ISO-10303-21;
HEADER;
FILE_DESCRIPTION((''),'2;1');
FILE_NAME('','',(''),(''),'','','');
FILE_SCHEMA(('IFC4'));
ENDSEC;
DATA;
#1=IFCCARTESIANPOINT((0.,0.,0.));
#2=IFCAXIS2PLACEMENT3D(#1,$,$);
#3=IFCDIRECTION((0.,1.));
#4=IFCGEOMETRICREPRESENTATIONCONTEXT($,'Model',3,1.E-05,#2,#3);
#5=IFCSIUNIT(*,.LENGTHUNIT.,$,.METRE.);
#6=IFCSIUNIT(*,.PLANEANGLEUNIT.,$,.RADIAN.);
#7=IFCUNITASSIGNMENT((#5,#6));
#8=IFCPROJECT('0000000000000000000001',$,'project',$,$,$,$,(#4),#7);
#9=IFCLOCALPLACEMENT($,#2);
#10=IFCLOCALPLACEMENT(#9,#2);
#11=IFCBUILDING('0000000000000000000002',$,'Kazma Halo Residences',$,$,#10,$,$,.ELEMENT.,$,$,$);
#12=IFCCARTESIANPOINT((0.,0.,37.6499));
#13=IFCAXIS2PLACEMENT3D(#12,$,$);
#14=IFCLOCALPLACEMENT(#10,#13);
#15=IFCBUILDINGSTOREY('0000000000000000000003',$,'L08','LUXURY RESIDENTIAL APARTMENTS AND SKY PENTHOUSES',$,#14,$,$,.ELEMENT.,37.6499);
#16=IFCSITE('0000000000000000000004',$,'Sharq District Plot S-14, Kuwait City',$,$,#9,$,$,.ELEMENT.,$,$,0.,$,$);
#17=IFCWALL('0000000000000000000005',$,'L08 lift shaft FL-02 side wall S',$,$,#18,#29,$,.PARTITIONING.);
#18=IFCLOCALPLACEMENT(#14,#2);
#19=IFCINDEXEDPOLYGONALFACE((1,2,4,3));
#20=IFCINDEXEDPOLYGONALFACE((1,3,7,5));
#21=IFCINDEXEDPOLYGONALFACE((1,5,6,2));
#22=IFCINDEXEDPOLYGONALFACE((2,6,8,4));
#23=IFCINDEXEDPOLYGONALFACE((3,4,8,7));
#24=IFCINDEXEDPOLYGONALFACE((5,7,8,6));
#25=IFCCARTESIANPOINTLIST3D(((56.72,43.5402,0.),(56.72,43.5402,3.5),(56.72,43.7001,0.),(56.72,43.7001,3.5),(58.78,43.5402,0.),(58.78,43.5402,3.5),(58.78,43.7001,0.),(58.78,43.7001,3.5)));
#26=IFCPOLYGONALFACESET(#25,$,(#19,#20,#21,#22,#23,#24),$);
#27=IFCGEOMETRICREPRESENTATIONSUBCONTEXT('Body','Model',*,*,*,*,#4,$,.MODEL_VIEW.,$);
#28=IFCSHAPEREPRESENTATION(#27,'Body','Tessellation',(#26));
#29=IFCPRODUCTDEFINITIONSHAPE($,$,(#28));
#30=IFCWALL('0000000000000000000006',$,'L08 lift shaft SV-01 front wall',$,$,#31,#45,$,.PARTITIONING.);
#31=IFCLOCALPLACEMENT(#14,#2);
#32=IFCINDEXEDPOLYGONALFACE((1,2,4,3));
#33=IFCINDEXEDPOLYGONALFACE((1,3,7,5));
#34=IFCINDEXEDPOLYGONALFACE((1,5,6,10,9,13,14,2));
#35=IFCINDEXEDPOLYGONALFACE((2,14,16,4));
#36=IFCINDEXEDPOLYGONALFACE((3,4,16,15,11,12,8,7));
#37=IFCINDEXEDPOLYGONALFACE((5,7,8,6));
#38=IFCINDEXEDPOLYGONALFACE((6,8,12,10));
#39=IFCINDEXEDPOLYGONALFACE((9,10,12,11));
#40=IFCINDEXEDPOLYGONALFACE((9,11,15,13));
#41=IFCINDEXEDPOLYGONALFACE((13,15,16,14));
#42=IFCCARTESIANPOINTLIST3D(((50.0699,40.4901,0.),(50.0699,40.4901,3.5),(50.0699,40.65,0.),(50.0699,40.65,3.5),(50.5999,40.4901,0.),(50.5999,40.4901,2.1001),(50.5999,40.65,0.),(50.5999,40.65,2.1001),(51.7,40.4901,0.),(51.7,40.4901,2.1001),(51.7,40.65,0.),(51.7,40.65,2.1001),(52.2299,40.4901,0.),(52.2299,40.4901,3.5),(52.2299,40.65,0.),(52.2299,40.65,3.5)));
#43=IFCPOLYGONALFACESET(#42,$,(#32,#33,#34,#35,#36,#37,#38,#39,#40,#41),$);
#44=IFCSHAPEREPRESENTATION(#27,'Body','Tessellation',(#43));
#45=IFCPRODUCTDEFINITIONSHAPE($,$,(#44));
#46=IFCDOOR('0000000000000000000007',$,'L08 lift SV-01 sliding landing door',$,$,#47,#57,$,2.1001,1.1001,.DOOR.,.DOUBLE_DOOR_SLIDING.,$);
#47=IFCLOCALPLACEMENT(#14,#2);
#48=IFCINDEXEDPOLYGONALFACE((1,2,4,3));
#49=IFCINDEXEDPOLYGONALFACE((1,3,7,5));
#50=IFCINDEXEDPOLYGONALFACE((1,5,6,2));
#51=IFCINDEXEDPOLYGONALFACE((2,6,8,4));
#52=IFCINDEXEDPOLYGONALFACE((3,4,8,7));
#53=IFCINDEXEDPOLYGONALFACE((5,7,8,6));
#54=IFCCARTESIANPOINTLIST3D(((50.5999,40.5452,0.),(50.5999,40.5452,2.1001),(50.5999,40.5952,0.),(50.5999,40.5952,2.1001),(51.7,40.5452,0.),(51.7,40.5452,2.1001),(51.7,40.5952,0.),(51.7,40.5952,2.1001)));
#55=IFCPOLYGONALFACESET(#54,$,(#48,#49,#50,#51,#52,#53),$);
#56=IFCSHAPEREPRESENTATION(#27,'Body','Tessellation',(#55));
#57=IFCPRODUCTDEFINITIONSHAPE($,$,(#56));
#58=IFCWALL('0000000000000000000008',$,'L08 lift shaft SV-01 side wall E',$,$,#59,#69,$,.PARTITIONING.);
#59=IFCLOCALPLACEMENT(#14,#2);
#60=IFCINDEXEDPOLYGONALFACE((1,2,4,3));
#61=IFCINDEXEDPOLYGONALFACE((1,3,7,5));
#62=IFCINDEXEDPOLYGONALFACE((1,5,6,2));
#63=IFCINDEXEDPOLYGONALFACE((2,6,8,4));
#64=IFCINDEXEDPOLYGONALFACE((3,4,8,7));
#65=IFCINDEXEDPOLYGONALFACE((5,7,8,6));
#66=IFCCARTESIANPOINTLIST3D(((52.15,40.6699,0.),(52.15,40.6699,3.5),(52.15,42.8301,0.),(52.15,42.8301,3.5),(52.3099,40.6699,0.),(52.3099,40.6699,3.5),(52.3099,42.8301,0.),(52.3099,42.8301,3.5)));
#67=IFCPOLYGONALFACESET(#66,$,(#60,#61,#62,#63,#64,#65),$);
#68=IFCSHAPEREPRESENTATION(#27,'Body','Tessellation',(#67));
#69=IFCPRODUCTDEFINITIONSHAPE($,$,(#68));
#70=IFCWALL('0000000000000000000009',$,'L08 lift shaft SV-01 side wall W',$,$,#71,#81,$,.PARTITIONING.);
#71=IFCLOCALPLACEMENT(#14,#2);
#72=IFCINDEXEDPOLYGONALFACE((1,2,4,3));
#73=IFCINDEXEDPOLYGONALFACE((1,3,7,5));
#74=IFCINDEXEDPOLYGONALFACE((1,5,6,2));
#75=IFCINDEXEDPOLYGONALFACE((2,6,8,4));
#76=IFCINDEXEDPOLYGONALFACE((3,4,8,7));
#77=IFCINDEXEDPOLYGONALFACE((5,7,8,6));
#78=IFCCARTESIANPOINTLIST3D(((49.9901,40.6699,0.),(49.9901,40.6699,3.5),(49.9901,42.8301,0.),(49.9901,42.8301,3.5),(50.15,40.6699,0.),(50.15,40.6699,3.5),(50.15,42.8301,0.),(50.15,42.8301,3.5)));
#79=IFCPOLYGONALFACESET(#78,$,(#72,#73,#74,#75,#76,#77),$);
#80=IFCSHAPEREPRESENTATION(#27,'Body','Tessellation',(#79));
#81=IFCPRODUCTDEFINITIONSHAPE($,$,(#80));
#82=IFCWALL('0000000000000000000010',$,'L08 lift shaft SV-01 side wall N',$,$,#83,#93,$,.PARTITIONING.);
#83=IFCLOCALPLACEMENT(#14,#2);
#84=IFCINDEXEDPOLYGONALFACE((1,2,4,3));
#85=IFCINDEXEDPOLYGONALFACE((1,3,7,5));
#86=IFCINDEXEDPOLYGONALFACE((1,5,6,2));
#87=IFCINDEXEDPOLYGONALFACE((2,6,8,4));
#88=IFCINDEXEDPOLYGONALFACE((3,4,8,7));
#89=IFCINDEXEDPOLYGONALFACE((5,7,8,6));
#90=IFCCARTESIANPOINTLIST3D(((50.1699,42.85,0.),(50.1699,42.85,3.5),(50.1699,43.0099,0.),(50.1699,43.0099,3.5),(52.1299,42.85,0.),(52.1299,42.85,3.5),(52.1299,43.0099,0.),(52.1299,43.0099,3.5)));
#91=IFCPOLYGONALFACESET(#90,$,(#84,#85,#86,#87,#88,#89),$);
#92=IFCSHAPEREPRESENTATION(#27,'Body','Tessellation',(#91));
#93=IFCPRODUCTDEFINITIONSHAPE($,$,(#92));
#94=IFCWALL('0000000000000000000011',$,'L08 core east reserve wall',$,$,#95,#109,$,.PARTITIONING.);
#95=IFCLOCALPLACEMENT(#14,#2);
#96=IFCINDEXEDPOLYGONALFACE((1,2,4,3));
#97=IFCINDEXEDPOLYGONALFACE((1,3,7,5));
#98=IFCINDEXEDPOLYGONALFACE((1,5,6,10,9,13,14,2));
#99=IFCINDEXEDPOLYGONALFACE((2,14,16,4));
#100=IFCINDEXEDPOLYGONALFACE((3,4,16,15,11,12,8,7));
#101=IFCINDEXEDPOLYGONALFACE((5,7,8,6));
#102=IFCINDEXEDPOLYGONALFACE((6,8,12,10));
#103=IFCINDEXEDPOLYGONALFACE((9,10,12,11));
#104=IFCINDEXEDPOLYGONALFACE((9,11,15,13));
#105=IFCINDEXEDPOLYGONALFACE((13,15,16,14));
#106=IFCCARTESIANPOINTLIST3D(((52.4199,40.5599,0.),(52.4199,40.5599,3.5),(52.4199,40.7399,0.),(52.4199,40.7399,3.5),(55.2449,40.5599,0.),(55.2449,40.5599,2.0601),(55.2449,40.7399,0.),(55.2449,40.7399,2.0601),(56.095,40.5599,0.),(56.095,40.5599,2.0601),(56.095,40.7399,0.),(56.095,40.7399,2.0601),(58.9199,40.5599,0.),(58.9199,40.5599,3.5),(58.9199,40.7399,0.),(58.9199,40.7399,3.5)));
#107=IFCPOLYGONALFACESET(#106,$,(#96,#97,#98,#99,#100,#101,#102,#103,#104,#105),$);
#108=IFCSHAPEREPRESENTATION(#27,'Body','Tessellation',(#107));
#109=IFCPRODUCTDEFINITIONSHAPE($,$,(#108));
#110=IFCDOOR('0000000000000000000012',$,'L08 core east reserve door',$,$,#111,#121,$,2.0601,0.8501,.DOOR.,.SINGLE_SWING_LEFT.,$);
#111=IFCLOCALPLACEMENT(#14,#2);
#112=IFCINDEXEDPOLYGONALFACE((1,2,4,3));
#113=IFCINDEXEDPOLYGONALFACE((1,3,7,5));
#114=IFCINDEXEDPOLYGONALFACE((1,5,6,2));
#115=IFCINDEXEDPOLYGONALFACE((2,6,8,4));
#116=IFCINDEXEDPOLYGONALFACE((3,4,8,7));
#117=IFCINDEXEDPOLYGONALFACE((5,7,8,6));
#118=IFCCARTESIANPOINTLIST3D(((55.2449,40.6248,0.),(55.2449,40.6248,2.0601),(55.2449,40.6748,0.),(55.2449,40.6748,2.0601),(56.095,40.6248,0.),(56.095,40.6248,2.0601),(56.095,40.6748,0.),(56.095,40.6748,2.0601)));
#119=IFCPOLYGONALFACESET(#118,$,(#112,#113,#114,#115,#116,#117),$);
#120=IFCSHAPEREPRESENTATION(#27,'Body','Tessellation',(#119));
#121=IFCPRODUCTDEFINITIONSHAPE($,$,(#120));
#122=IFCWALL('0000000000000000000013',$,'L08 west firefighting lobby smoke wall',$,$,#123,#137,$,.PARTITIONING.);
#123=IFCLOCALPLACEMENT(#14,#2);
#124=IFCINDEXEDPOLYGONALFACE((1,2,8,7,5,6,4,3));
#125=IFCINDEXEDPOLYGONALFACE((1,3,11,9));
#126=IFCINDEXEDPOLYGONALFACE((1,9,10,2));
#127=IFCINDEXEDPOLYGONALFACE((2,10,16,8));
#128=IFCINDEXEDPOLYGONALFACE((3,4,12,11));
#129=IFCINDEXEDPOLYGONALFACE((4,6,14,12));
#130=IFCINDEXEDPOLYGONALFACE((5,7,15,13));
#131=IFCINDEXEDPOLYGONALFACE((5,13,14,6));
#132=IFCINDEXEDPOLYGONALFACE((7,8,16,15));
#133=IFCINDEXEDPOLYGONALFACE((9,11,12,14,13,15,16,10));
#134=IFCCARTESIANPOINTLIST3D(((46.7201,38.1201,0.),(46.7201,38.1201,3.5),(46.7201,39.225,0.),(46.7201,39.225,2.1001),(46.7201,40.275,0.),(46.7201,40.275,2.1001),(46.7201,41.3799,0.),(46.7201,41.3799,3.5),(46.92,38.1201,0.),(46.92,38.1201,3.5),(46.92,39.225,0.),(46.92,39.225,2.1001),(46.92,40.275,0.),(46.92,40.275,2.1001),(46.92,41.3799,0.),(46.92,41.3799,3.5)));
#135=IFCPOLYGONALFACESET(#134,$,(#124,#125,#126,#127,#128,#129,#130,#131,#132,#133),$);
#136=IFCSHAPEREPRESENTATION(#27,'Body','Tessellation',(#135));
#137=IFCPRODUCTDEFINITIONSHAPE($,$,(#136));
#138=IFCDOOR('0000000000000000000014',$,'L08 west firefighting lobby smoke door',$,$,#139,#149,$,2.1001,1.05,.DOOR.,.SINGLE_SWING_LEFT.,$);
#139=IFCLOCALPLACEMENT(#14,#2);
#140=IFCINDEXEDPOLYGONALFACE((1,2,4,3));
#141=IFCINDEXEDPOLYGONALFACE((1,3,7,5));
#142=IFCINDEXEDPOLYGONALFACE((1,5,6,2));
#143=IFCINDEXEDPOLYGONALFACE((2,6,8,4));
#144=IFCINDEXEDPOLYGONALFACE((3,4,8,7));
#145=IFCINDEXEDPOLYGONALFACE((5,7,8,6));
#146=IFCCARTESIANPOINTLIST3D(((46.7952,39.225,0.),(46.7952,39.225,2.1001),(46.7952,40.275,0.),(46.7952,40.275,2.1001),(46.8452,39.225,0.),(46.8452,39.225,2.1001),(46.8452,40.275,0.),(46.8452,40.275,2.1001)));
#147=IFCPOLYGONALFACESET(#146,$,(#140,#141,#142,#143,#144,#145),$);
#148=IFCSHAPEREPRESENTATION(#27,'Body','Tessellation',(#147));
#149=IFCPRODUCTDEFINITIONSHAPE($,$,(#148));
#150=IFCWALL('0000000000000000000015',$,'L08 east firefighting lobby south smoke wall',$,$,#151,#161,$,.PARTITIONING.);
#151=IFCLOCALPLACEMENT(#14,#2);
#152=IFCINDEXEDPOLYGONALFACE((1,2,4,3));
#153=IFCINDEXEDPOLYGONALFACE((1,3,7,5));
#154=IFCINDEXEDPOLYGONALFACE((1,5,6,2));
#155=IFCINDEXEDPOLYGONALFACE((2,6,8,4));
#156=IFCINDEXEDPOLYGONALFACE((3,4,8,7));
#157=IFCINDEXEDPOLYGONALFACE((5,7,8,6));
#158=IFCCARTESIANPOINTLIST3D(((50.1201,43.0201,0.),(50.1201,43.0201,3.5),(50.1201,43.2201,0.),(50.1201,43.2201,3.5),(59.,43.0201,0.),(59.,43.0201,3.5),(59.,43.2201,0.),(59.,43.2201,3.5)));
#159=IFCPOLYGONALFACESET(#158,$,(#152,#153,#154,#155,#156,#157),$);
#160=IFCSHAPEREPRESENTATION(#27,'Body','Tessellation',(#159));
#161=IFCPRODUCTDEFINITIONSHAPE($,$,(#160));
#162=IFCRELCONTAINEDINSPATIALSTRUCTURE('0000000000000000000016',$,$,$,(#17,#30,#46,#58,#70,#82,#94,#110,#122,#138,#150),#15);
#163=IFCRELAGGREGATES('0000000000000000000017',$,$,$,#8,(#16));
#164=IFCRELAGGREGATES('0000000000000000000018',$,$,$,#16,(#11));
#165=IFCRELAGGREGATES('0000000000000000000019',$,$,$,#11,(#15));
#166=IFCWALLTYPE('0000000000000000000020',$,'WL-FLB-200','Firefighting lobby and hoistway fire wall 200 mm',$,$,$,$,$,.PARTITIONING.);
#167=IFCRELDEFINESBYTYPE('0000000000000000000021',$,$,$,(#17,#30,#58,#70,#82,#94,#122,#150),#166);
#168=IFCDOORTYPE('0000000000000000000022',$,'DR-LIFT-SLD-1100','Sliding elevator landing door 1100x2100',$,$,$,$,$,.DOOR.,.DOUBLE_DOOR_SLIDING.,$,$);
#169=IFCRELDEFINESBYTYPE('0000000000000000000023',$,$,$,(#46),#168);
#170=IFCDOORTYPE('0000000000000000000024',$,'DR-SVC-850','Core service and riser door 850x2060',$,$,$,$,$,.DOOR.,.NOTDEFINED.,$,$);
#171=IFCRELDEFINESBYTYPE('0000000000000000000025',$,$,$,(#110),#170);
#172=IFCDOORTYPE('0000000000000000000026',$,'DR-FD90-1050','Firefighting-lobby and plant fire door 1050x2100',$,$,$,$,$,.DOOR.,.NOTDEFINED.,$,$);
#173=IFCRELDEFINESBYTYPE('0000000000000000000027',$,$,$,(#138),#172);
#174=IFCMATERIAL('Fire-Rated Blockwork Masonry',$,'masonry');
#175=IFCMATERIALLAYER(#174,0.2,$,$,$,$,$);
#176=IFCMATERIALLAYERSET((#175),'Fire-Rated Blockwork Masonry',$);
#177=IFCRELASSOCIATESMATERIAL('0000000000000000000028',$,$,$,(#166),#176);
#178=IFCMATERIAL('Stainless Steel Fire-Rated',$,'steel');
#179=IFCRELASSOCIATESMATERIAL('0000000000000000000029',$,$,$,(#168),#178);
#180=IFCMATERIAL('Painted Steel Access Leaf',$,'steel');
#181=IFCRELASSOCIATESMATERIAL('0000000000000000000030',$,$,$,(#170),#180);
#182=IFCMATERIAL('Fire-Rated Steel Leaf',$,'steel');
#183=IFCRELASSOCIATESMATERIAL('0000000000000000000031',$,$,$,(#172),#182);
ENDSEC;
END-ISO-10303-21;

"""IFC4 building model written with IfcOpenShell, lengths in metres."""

from ifc_helpers import new_model, si_unit, direction, frame, frame_2d, origin, place, context, subcontext, project, spatial, rectangle, extrude, material, layer, layer_set, type_object, element, fill, save


model = new_model("IFC4")

# Units and contexts
model_context = context("Model", 3, precision=1e-05, world=origin(), true_north=direction((0.0, 1.0)))
body_context = subcontext(model_context, "Body", "Model", "MODEL_VIEW")
ifc_project = project(units=[si_unit("LENGTHUNIT", "METRE"), si_unit("PLANEANGLEUNIT", "RADIAN")], contexts=[model_context])

# Site, building, storey
site_placement = place(None, origin())
site = spatial("IfcSite", under=ifc_project, at=site_placement, Name="Sharq District Plot S-14, Kuwait City", CompositionType="ELEMENT", RefElevation=0.0)
building_placement = place(site_placement, origin())
building = spatial("IfcBuilding", under=site, at=building_placement, Name="Kazma Halo Residences", CompositionType="ELEMENT")
storey_placement = place(building_placement, frame((0.0, 0.0, 37.6499)))
storey = spatial("IfcBuildingStorey", under=building, at=storey_placement, Name="L08", Description="LUXURY RESIDENTIAL APARTMENTS AND SKY PENTHOUSES", CompositionType="ELEMENT", Elevation=37.6499)

# Wall
ifc_material_1 = material(Name="Fire-Rated Blockwork Masonry", Category="masonry")
ifc_layer_1 = layer(ifc_material_1, 0.2)
ifc_layer_set_1 = layer_set([ifc_layer_1], Name="Fire-Rated Blockwork Masonry")
wall_type_1 = type_object("IfcWallType", Name="WL-FLB-200", Description="Firefighting lobby and hoistway fire wall 200 mm", PredefinedType="PARTITIONING", material=ifc_layer_set_1)
wall_1_placement = place(storey_placement, frame((56.72, 43.6201, 0.0), z_axis=(0.0, 0.0, 1.0), x_axis=(1.0, 0.0, 0.0)))
element("IfcWall", 1, at=wall_1_placement, inside=storey, type_object=wall_type_1, Name="L08 lift shaft FL-02 side wall S", PredefinedType="PARTITIONING", context=body_context, shape_type="SweptSolid", body=[
    extrude(rectangle(XDim=2.0601, YDim=0.1599, at=frame_2d((1.03, 0.0))), origin(), (0.0, 0.0, 1.0), 3.5),
])

# Wall, opening, door
wall_2_placement = place(storey_placement, frame((52.23, 40.5701, 0.0), z_axis=(0.0, 0.0, 1.0), x_axis=(-1.0, 0.0, 0.0)))
wall_2 = element("IfcWall", 2, at=wall_2_placement, inside=storey, type_object=wall_type_1, Name="L08 lift shaft SV-01 front wall", PredefinedType="PARTITIONING", context=body_context, shape_type="SweptSolid", body=[
    extrude(rectangle(XDim=2.1599, YDim=0.1599, at=frame_2d((1.0801, 0.0))), origin(), (0.0, 0.0, 1.0), 3.5),
])
opening_1_placement = place(wall_2_placement, frame((0.53, 0.0, 0.0)))
opening_1 = element("IfcOpeningElement", 3, at=opening_1_placement, cuts=wall_2, PredefinedType="OPENING", context=body_context, shape_type="SweptSolid", body=[
    extrude(rectangle(XDim=1.1001, YDim=2.1001, at=frame_2d((0.55, 1.05))), frame((0.0, 0.0898, 0.0), z_axis=(0.0, -1.0, 0.0), x_axis=(1.0, 0.0, 0.0)), (0.0, 0.0, 1.0), 0.1799),
])
ifc_material_2 = material(Name="Stainless Steel Fire-Rated", Category="steel")
door_type_1 = type_object("IfcDoorType", Name="DR-LIFT-SLD-1100", Description="Sliding elevator landing door 1100x2100", OperationType="DOUBLE_DOOR_SLIDING", PredefinedType="DOOR", material=ifc_material_2)
door_1_placement = place(opening_1_placement, origin())
door_1 = element("IfcDoor", 4, at=door_1_placement, inside=storey, type_object=door_type_1, Name="L08 lift SV-01 sliding landing door", OperationType="DOUBLE_DOOR_SLIDING", OverallHeight=2.1001, OverallWidth=1.1001, PredefinedType="DOOR", context=body_context, shape_type="SweptSolid", body=[
    extrude(rectangle(XDim=1.1001, YDim=2.1001, at=frame_2d((0.55, 1.05))), frame((0.0, 0.0249, 0.0), z_axis=(0.0, -1.0, 0.0), x_axis=(1.0, 0.0, 0.0)), (0.0, 0.0, 1.0), 0.05),
])
fill(opening_1, door_1)

# Walls
for number, where, z_axis, x_axis, name in (
    (5, (52.23, 40.6699, 0.0), (0.0, 0.0, 1.0), (0.0, 1.0, 0.0), "L08 lift shaft SV-01 side wall E"),
    (6, (50.0701, 40.6699, 0.0), (0.0, 0.0, 1.0), (0.0, 1.0, 0.0), "L08 lift shaft SV-01 side wall W"),
):
    element("IfcWall", number, at=place(storey_placement, frame(where, z_axis=z_axis, x_axis=x_axis)), inside=storey, type_object=wall_type_1, Name=name, PredefinedType="PARTITIONING", context=body_context, shape_type="SweptSolid", body=[
        extrude(rectangle(XDim=2.1602, YDim=0.1599, at=frame_2d((1.0801, 0.0))), origin(), (0.0, 0.0, 1.0), 3.5),
    ])
wall_3_placement = place(storey_placement, frame((50.1699, 42.9299, 0.0), z_axis=(0.0, 0.0, 1.0), x_axis=(1.0, 0.0, 0.0)))
element("IfcWall", 7, at=wall_3_placement, inside=storey, type_object=wall_type_1, Name="L08 lift shaft SV-01 side wall N", PredefinedType="PARTITIONING", context=body_context, shape_type="SweptSolid", body=[
    extrude(rectangle(XDim=1.96, YDim=0.1599, at=frame_2d((0.98, 0.0))), origin(), (0.0, 0.0, 1.0), 3.5),
])

# Walls, openings, doors
wall_4_placement = place(storey_placement, frame((52.4199, 40.6499, 0.0), z_axis=(0.0, 0.0, 1.0), x_axis=(1.0, 0.0, 0.0)))
wall_4 = element("IfcWall", 8, at=wall_4_placement, inside=storey, type_object=wall_type_1, Name="L08 core east reserve wall", PredefinedType="PARTITIONING", context=body_context, shape_type="SweptSolid", body=[
    extrude(rectangle(XDim=6.5, YDim=0.1799, at=frame_2d((3.25, 0.0))), origin(), (0.0, 0.0, 1.0), 3.5),
])
opening_2_placement = place(wall_4_placement, frame((2.825, 0.0, 0.0)))
opening_2 = element("IfcOpeningElement", 9, at=opening_2_placement, cuts=wall_4, PredefinedType="OPENING", context=body_context, shape_type="SweptSolid", body=[
    extrude(rectangle(XDim=0.8501, YDim=2.0601, at=frame_2d((0.425, 1.03))), frame((0.0, 0.0999, 0.0), z_axis=(0.0, -1.0, 0.0), x_axis=(1.0, 0.0, 0.0)), (0.0, 0.0, 1.0), 0.2),
])
ifc_material_3 = material(Name="Painted Steel Access Leaf", Category="steel")
door_type_2 = type_object("IfcDoorType", Name="DR-SVC-850", Description="Core service and riser door 850x2060", OperationType="NOTDEFINED", PredefinedType="DOOR", material=ifc_material_3)
door_2_placement = place(opening_2_placement, origin())
door_2 = element("IfcDoor", 10, at=door_2_placement, inside=storey, type_object=door_type_2, Name="L08 core east reserve door", OperationType="SINGLE_SWING_LEFT", OverallHeight=2.0601, OverallWidth=0.8501, PredefinedType="DOOR", context=body_context, shape_type="SweptSolid", body=[
    extrude(rectangle(XDim=0.8501, YDim=2.0601, at=frame_2d((0.425, 1.03))), frame((0.0, 0.0249, 0.0), z_axis=(0.0, -1.0, 0.0), x_axis=(1.0, 0.0, 0.0)), (0.0, 0.0, 1.0), 0.05),
])
fill(opening_2, door_2)
wall_5_placement = place(storey_placement, frame((46.8201, 38.1201, 0.0), z_axis=(0.0, 0.0, 1.0), x_axis=(0.0, 1.0, 0.0)))
wall_5 = element("IfcWall", 11, at=wall_5_placement, inside=storey, type_object=wall_type_1, Name="L08 west firefighting lobby smoke wall", PredefinedType="PARTITIONING", context=body_context, shape_type="SweptSolid", body=[
    extrude(rectangle(XDim=3.2598, YDim=0.2, at=frame_2d((1.6299, 0.0))), origin(), (0.0, 0.0, 1.0), 3.5),
])
opening_3_placement = place(wall_5_placement, frame((1.105, 0.0, 0.0)))
opening_3 = element("IfcOpeningElement", 12, at=opening_3_placement, cuts=wall_5, PredefinedType="OPENING", context=body_context, shape_type="SweptSolid", body=[
    extrude(rectangle(XDim=1.05, YDim=2.1001, at=frame_2d((0.5249, 1.05))), frame((0.0, 0.1099, 0.0), z_axis=(0.0, -1.0, 0.0), x_axis=(1.0, 0.0, 0.0)), (0.0, 0.0, 1.0), 0.22),
])
ifc_material_4 = material(Name="Fire-Rated Steel Leaf", Category="steel")
door_type_3 = type_object("IfcDoorType", Name="DR-FD90-1050", Description="Firefighting-lobby and plant fire door 1050x2100", OperationType="NOTDEFINED", PredefinedType="DOOR", material=ifc_material_4)
door_3_placement = place(opening_3_placement, origin())
door_3 = element("IfcDoor", 13, at=door_3_placement, inside=storey, type_object=door_type_3, Name="L08 west firefighting lobby smoke door", OperationType="SINGLE_SWING_LEFT", OverallHeight=2.1001, OverallWidth=1.05, PredefinedType="DOOR", context=body_context, shape_type="SweptSolid", body=[
    extrude(rectangle(XDim=1.05, YDim=2.1001, at=frame_2d((0.5249, 1.05))), frame((0.0, 0.0249, 0.0), z_axis=(0.0, -1.0, 0.0), x_axis=(1.0, 0.0, 0.0)), (0.0, 0.0, 1.0), 0.05),
])
fill(opening_3, door_3)

# Wall
wall_6_placement = place(storey_placement, frame((50.1201, 43.1201, 0.0), z_axis=(0.0, 0.0, 1.0), x_axis=(1.0, 0.0, 0.0)))
element("IfcWall", 14, at=wall_6_placement, inside=storey, type_object=wall_type_1, Name="L08 east firefighting lobby south smoke wall", PredefinedType="PARTITIONING", context=body_context, shape_type="SweptSolid", body=[
    extrude(rectangle(XDim=8.8799, YDim=0.2, at=frame_2d((4.4399, 0.0))), origin(), (0.0, 0.0, 1.0), 3.5),
])

save(model, "model.ifc")
